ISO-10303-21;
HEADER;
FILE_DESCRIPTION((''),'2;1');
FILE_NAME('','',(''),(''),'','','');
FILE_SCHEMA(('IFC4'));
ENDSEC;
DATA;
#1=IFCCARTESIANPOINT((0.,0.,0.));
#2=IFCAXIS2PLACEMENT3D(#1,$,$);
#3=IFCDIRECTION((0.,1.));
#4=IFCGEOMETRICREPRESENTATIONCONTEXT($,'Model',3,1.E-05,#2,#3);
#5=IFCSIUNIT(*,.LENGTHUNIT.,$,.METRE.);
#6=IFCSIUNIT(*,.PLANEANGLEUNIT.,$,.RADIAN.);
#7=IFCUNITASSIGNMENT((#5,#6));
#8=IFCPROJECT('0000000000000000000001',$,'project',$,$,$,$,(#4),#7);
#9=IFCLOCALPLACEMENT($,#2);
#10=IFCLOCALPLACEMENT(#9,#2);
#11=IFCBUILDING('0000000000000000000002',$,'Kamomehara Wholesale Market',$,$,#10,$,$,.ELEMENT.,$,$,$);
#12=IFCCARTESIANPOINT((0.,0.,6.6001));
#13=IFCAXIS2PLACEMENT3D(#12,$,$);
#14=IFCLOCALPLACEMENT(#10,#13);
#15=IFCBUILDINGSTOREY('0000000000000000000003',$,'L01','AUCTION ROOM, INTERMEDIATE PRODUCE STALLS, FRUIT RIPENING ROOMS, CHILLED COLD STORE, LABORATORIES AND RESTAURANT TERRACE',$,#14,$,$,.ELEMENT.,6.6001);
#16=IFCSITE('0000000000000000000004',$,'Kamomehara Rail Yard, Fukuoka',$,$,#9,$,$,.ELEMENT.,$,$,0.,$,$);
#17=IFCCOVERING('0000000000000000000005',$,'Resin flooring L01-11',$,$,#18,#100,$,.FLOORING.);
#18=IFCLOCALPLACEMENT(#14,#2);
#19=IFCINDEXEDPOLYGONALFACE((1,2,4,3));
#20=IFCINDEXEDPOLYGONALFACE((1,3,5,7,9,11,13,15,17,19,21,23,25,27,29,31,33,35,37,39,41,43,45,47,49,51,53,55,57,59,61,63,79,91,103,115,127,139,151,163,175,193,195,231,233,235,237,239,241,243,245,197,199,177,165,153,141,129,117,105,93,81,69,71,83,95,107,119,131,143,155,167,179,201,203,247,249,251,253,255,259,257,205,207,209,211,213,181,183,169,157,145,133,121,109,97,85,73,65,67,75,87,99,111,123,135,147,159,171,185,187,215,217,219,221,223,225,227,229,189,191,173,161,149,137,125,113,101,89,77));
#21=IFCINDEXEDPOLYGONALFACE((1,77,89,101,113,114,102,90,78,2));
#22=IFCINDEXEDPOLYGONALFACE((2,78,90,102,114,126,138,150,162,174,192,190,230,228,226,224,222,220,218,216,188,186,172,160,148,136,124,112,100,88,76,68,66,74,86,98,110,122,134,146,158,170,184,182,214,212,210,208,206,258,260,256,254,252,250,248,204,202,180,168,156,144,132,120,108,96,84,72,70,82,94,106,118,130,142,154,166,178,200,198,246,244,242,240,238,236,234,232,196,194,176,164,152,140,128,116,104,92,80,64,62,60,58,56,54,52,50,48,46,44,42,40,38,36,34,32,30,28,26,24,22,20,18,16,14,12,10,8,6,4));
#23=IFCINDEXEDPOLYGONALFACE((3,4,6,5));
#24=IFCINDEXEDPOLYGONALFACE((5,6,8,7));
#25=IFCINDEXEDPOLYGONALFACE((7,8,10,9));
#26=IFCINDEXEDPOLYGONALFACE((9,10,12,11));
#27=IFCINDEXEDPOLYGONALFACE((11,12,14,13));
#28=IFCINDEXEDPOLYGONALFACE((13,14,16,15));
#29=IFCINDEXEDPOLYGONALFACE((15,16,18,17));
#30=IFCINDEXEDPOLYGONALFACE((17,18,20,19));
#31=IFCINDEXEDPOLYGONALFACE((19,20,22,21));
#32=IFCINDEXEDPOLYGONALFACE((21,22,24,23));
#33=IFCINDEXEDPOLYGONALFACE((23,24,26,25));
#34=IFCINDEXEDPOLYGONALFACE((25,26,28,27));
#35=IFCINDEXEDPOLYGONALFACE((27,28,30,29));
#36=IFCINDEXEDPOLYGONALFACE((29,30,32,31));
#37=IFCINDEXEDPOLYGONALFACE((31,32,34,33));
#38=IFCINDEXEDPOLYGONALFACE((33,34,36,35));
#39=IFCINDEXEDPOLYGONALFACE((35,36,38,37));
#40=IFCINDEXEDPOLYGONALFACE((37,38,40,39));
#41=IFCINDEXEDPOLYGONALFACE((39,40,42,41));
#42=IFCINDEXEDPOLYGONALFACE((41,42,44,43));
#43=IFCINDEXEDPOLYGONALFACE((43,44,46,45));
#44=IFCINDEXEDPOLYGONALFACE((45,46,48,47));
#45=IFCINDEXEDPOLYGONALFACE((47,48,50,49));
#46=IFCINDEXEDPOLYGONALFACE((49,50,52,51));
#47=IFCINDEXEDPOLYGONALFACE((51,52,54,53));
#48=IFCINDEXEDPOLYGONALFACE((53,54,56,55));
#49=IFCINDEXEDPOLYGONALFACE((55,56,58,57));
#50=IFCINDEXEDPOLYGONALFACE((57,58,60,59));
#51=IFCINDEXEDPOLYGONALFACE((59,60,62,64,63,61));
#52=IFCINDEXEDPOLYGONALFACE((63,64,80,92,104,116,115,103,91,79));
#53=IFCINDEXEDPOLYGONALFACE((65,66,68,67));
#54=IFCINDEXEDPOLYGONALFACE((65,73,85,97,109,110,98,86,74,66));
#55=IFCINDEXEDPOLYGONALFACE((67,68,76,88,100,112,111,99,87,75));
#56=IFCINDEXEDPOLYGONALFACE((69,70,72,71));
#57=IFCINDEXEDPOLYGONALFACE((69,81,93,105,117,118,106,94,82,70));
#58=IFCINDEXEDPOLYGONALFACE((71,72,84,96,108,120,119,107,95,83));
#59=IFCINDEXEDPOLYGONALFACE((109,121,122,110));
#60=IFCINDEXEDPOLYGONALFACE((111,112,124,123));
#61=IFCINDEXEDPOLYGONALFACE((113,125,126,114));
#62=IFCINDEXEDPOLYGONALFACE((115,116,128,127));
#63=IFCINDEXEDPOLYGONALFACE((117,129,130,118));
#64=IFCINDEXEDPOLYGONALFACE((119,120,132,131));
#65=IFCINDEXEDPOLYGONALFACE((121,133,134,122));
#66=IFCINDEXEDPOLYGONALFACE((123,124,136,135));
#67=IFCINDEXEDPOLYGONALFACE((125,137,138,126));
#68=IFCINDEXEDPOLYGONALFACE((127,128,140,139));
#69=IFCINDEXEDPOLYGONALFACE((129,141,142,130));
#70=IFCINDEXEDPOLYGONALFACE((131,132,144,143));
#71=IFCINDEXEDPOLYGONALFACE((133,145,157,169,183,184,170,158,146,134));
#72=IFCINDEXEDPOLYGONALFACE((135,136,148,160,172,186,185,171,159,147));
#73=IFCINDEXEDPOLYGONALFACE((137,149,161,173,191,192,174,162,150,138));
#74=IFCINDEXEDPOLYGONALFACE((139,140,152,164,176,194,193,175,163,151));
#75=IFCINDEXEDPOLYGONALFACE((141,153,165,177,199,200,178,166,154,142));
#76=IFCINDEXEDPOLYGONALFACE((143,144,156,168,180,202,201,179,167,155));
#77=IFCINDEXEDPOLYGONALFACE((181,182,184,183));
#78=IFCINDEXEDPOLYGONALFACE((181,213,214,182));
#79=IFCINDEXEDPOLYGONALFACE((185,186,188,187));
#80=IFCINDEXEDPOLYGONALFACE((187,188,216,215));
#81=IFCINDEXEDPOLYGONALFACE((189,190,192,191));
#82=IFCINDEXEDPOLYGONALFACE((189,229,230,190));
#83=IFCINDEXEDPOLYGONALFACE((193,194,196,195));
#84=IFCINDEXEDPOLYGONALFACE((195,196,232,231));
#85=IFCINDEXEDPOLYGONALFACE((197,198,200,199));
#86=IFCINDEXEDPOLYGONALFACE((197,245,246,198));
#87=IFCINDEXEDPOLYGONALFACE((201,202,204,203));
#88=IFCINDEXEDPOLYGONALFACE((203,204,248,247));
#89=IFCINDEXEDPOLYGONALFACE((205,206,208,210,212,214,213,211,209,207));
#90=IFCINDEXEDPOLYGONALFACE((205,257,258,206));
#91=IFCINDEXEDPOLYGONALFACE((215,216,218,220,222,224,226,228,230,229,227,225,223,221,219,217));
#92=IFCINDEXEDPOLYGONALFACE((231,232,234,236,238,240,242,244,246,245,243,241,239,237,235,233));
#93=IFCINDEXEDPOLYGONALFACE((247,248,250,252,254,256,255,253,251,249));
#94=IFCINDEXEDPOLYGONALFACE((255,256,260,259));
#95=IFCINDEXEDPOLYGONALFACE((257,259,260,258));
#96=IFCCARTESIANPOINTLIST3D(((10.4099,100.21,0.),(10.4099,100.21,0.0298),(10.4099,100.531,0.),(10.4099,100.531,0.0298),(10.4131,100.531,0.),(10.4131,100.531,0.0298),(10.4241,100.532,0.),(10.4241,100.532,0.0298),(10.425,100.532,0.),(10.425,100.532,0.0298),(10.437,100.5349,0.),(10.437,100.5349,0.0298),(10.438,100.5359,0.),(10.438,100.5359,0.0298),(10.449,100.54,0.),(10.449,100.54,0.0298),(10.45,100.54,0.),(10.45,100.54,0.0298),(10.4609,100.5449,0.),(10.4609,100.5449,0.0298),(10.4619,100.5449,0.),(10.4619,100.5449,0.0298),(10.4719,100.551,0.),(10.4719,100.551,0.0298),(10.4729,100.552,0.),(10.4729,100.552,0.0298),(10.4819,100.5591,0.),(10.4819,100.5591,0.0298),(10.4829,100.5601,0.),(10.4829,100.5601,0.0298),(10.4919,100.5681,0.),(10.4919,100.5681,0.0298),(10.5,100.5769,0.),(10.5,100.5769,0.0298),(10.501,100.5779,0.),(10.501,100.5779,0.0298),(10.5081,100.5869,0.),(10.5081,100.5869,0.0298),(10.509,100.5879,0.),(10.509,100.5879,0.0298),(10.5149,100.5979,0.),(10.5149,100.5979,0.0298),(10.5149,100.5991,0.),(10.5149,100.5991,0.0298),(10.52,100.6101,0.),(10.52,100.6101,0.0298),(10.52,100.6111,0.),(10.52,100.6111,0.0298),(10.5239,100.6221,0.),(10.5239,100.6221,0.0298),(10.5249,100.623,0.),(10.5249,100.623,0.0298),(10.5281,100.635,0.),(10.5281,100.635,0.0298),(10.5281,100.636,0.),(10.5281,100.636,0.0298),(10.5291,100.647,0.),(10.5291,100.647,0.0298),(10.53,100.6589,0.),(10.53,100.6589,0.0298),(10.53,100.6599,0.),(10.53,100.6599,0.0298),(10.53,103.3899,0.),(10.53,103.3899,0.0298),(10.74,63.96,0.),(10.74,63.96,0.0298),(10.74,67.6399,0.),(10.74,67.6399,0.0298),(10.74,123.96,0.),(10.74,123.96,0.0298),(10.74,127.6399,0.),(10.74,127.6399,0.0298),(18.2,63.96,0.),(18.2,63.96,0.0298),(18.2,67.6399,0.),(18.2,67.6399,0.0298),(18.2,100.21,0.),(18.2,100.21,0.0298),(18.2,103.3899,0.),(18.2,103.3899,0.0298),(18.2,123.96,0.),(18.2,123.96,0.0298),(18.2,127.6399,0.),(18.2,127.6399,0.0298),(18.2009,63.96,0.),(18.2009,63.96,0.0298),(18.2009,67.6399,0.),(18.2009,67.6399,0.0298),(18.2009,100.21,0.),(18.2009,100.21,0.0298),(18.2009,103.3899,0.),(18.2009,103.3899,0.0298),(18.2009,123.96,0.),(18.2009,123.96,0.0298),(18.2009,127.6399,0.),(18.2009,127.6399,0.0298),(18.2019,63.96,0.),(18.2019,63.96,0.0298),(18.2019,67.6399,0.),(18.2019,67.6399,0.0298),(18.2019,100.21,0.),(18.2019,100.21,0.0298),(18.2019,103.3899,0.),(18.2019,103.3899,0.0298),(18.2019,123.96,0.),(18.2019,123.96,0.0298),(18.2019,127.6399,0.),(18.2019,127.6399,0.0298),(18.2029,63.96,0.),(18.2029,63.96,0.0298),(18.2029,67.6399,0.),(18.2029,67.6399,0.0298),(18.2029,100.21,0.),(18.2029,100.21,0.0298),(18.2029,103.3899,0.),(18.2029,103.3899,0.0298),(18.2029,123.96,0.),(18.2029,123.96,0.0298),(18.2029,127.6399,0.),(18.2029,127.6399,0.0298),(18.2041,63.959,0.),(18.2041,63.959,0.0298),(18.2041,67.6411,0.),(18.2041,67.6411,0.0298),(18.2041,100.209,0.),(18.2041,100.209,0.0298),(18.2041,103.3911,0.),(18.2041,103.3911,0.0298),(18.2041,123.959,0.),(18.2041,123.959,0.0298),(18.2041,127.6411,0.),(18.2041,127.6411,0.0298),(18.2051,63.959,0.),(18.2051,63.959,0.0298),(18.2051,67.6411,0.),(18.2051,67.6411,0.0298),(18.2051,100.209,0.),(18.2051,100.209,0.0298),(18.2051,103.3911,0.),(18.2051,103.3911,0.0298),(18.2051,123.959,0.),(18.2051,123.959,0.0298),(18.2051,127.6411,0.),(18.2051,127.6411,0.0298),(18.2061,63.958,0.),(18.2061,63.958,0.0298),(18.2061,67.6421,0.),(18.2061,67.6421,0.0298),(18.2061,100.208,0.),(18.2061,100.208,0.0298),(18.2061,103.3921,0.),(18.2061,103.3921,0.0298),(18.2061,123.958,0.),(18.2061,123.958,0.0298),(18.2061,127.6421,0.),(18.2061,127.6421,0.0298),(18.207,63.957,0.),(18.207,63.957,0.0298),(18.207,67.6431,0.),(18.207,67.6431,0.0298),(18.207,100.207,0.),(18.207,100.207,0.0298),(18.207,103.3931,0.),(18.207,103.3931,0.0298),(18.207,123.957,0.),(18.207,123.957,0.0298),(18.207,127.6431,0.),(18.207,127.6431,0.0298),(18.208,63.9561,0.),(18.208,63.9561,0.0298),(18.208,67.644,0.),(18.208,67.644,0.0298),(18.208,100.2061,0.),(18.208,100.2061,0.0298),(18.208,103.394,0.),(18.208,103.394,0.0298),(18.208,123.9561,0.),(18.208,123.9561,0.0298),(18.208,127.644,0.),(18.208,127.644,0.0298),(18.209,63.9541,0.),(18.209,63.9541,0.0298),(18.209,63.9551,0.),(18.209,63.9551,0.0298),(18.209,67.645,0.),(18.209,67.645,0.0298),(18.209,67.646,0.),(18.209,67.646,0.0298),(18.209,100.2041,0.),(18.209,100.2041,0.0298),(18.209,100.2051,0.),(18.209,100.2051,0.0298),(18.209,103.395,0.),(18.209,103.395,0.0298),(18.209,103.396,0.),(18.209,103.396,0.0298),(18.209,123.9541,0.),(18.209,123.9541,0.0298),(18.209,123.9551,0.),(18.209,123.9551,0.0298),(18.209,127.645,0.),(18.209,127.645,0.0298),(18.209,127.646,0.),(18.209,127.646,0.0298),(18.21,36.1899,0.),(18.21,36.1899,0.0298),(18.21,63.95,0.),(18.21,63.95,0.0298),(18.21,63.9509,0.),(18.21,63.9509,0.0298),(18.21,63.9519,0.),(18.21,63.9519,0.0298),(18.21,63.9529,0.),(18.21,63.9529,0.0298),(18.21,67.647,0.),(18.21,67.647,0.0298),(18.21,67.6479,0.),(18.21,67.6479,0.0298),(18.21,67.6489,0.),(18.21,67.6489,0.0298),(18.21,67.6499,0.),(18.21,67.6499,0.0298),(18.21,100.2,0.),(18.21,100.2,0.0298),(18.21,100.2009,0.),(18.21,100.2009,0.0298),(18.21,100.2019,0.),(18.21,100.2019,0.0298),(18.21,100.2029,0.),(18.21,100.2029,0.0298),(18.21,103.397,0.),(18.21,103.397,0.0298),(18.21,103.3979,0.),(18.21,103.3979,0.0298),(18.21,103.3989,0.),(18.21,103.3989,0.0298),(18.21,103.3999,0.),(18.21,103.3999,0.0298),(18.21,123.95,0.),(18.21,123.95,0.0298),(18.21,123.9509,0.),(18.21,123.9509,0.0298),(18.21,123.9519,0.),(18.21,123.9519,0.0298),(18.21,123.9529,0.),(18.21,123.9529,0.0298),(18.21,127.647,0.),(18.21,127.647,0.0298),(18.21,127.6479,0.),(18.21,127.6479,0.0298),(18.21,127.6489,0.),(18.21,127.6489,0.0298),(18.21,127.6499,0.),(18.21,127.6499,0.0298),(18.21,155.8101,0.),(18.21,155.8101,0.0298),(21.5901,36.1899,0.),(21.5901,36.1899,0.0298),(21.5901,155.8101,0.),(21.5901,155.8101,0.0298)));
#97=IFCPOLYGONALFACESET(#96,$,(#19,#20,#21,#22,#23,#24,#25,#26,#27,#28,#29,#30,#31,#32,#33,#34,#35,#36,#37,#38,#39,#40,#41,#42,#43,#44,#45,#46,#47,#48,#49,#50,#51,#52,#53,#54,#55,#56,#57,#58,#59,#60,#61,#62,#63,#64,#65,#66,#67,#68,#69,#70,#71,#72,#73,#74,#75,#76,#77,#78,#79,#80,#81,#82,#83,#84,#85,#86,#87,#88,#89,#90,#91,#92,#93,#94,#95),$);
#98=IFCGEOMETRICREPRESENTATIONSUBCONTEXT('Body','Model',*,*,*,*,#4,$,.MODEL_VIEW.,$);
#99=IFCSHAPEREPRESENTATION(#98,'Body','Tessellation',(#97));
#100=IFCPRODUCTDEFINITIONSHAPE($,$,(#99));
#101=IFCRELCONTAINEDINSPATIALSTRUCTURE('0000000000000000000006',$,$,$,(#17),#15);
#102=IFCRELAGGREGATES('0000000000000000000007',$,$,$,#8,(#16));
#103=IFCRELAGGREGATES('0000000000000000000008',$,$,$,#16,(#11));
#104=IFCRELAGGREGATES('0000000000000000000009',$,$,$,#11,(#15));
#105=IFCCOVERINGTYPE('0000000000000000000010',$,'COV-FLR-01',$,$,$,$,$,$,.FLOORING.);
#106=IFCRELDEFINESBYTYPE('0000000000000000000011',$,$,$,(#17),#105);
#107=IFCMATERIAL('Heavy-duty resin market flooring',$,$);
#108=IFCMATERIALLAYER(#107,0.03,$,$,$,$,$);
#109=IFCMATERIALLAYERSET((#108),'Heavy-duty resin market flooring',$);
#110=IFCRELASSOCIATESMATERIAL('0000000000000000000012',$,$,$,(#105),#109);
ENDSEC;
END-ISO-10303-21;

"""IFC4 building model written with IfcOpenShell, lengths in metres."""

from ifc_helpers import new_model, si_unit, direction, frame, origin, place, context, subcontext, project, spatial, polyline, outline, extrude, material, layer, layer_set, type_object, element, save


model = new_model("IFC4")

# Units and contexts
model_context = context("Model", 3, precision=1e-05, world=origin(), true_north=direction((0.0, 1.0)))
body_context = subcontext(model_context, "Body", "Model", "MODEL_VIEW")
ifc_project = project(units=[si_unit("LENGTHUNIT", "METRE"), si_unit("PLANEANGLEUNIT", "RADIAN")], contexts=[model_context])

# Site, building, storey
site_placement = place(None, origin())
site = spatial("IfcSite", under=ifc_project, at=site_placement, Name="Kamomehara Rail Yard, Fukuoka", CompositionType="ELEMENT", RefElevation=0.0)
building_placement = place(site_placement, origin())
building = spatial("IfcBuilding", under=site, at=building_placement, Name="Kamomehara Wholesale Market", CompositionType="ELEMENT")
storey_placement = place(building_placement, frame((0.0, 0.0, 6.6001)))
storey = spatial("IfcBuildingStorey", under=building, at=storey_placement, Name="L01", Description="AUCTION ROOM, INTERMEDIATE PRODUCE STALLS, FRUIT RIPENING ROOMS, CHILLED COLD STORE, LABORATORIES AND RESTAURANT TERRACE", CompositionType="ELEMENT", Elevation=6.6001)

# Covering
ifc_material_1 = material(Name="Heavy-duty resin market flooring")
ifc_layer_1 = layer(ifc_material_1, 0.03)
ifc_layer_set_1 = layer_set([ifc_layer_1], Name="Heavy-duty resin market flooring")
covering_type_1 = type_object("IfcCoveringType", Name="COV-FLR-01", PredefinedType="FLOORING", material=ifc_layer_set_1)
covering_1_placement = place(storey_placement, origin())
element("IfcCovering", 1, at=covering_1_placement, inside=storey, type_object=covering_type_1, Name="Resin flooring L01-11", PredefinedType="FLOORING", context=body_context, shape_type="SweptSolid", body=[
    extrude(outline(polyline([(10.437, 100.5349), (10.438, 100.5359), (10.449, 100.54), (10.45, 100.54), (10.4609, 100.5449), (10.4619, 100.5449), (10.4719, 100.551), (10.4729, 100.552), (10.4819, 100.5591), (10.4829, 100.5601), (10.4919, 100.5681), (10.4919, 100.5681), (10.5, 100.5769), (10.501, 100.5779), (10.5081, 100.5869), (10.509, 100.5879), (10.5149, 100.5979), (10.5149, 100.5991), (10.52, 100.6101), (10.52, 100.6111), (10.5239, 100.6221), (10.5249, 100.623), (10.5281, 100.635), (10.5281, 100.635), (10.5281, 100.636), (10.5291, 100.647), (10.5291, 100.647), (10.53, 100.6589), (10.53, 100.6599), (10.53, 103.3899), (18.2, 103.3899), (18.2009, 103.3899), (18.2019, 103.3899), (18.2029, 103.3899), (18.2041, 103.3911), (18.2051, 103.3911), (18.2061, 103.3921), (18.2061, 103.3921), (18.207, 103.3931), (18.208, 103.394), (18.208, 103.394), (18.209, 103.395), (18.209, 103.396), (18.21, 103.397), (18.21, 103.3979), (18.21, 103.3989), (18.21, 103.3999), (18.21, 123.95), (18.21, 123.9509), (18.21, 123.9519), (18.21, 123.9529), (18.209, 123.9541), (18.209, 123.9551), (18.208, 123.9561), (18.208, 123.9561), (18.207, 123.957), (18.2061, 123.958), (18.2061, 123.958), (18.2051, 123.959), (18.2041, 123.959), (18.2029, 123.96), (18.2019, 123.96), (18.2009, 123.96), (18.2, 123.96), (10.74, 123.96), (10.74, 127.6399), (18.2, 127.6399), (18.2009, 127.6399), (18.2019, 127.6399), (18.2029, 127.6399), (18.2041, 127.6411), (18.2051, 127.6411), (18.2061, 127.6421), (18.2061, 127.6421), (18.207, 127.6431), (18.208, 127.644), (18.208, 127.644), (18.209, 127.645), (18.209, 127.646), (18.21, 127.647), (18.21, 127.6479), (18.21, 127.6489), (18.21, 127.6499), (18.21, 155.8101), (21.5901, 155.8101), (21.5901, 36.1899), (18.21, 36.1899), (18.21, 63.95), (18.21, 63.9509), (18.21, 63.9519), (18.21, 63.9529), (18.209, 63.9541), (18.209, 63.9551), (18.208, 63.9561), (18.208, 63.9561), (18.207, 63.957), (18.2061, 63.958), (18.2061, 63.958), (18.2051, 63.959), (18.2041, 63.959), (18.2029, 63.96), (18.2019, 63.96), (18.2009, 63.96), (18.2, 63.96), (10.74, 63.96), (10.74, 67.6399), (18.2, 67.6399), (18.2009, 67.6399), (18.2019, 67.6399), (18.2029, 67.6399), (18.2041, 67.6411), (18.2051, 67.6411), (18.2061, 67.6421), (18.2061, 67.6421), (18.207, 67.6431), (18.208, 67.644), (18.208, 67.644), (18.209, 67.645), (18.209, 67.646), (18.21, 67.647), (18.21, 67.6479), (18.21, 67.6489), (18.21, 67.6499), (18.21, 100.2), (18.21, 100.2009), (18.21, 100.2019), (18.21, 100.2029), (18.209, 100.2041), (18.209, 100.2051), (18.208, 100.2061), (18.208, 100.2061), (18.207, 100.207), (18.2061, 100.208), (18.2061, 100.208), (18.2051, 100.209), (18.2041, 100.209), (18.2029, 100.21), (18.2019, 100.21), (18.2009, 100.21), (18.2, 100.21), (10.4099, 100.21), (10.4099, 100.531), (10.4131, 100.531), (10.4131, 100.531), (10.4241, 100.532), (10.425, 100.532), (10.425, 100.532), (10.437, 100.5349)])), origin(), (0.0, 0.0, 1.0), 0.0298),
])

save(model, "model.ifc")
